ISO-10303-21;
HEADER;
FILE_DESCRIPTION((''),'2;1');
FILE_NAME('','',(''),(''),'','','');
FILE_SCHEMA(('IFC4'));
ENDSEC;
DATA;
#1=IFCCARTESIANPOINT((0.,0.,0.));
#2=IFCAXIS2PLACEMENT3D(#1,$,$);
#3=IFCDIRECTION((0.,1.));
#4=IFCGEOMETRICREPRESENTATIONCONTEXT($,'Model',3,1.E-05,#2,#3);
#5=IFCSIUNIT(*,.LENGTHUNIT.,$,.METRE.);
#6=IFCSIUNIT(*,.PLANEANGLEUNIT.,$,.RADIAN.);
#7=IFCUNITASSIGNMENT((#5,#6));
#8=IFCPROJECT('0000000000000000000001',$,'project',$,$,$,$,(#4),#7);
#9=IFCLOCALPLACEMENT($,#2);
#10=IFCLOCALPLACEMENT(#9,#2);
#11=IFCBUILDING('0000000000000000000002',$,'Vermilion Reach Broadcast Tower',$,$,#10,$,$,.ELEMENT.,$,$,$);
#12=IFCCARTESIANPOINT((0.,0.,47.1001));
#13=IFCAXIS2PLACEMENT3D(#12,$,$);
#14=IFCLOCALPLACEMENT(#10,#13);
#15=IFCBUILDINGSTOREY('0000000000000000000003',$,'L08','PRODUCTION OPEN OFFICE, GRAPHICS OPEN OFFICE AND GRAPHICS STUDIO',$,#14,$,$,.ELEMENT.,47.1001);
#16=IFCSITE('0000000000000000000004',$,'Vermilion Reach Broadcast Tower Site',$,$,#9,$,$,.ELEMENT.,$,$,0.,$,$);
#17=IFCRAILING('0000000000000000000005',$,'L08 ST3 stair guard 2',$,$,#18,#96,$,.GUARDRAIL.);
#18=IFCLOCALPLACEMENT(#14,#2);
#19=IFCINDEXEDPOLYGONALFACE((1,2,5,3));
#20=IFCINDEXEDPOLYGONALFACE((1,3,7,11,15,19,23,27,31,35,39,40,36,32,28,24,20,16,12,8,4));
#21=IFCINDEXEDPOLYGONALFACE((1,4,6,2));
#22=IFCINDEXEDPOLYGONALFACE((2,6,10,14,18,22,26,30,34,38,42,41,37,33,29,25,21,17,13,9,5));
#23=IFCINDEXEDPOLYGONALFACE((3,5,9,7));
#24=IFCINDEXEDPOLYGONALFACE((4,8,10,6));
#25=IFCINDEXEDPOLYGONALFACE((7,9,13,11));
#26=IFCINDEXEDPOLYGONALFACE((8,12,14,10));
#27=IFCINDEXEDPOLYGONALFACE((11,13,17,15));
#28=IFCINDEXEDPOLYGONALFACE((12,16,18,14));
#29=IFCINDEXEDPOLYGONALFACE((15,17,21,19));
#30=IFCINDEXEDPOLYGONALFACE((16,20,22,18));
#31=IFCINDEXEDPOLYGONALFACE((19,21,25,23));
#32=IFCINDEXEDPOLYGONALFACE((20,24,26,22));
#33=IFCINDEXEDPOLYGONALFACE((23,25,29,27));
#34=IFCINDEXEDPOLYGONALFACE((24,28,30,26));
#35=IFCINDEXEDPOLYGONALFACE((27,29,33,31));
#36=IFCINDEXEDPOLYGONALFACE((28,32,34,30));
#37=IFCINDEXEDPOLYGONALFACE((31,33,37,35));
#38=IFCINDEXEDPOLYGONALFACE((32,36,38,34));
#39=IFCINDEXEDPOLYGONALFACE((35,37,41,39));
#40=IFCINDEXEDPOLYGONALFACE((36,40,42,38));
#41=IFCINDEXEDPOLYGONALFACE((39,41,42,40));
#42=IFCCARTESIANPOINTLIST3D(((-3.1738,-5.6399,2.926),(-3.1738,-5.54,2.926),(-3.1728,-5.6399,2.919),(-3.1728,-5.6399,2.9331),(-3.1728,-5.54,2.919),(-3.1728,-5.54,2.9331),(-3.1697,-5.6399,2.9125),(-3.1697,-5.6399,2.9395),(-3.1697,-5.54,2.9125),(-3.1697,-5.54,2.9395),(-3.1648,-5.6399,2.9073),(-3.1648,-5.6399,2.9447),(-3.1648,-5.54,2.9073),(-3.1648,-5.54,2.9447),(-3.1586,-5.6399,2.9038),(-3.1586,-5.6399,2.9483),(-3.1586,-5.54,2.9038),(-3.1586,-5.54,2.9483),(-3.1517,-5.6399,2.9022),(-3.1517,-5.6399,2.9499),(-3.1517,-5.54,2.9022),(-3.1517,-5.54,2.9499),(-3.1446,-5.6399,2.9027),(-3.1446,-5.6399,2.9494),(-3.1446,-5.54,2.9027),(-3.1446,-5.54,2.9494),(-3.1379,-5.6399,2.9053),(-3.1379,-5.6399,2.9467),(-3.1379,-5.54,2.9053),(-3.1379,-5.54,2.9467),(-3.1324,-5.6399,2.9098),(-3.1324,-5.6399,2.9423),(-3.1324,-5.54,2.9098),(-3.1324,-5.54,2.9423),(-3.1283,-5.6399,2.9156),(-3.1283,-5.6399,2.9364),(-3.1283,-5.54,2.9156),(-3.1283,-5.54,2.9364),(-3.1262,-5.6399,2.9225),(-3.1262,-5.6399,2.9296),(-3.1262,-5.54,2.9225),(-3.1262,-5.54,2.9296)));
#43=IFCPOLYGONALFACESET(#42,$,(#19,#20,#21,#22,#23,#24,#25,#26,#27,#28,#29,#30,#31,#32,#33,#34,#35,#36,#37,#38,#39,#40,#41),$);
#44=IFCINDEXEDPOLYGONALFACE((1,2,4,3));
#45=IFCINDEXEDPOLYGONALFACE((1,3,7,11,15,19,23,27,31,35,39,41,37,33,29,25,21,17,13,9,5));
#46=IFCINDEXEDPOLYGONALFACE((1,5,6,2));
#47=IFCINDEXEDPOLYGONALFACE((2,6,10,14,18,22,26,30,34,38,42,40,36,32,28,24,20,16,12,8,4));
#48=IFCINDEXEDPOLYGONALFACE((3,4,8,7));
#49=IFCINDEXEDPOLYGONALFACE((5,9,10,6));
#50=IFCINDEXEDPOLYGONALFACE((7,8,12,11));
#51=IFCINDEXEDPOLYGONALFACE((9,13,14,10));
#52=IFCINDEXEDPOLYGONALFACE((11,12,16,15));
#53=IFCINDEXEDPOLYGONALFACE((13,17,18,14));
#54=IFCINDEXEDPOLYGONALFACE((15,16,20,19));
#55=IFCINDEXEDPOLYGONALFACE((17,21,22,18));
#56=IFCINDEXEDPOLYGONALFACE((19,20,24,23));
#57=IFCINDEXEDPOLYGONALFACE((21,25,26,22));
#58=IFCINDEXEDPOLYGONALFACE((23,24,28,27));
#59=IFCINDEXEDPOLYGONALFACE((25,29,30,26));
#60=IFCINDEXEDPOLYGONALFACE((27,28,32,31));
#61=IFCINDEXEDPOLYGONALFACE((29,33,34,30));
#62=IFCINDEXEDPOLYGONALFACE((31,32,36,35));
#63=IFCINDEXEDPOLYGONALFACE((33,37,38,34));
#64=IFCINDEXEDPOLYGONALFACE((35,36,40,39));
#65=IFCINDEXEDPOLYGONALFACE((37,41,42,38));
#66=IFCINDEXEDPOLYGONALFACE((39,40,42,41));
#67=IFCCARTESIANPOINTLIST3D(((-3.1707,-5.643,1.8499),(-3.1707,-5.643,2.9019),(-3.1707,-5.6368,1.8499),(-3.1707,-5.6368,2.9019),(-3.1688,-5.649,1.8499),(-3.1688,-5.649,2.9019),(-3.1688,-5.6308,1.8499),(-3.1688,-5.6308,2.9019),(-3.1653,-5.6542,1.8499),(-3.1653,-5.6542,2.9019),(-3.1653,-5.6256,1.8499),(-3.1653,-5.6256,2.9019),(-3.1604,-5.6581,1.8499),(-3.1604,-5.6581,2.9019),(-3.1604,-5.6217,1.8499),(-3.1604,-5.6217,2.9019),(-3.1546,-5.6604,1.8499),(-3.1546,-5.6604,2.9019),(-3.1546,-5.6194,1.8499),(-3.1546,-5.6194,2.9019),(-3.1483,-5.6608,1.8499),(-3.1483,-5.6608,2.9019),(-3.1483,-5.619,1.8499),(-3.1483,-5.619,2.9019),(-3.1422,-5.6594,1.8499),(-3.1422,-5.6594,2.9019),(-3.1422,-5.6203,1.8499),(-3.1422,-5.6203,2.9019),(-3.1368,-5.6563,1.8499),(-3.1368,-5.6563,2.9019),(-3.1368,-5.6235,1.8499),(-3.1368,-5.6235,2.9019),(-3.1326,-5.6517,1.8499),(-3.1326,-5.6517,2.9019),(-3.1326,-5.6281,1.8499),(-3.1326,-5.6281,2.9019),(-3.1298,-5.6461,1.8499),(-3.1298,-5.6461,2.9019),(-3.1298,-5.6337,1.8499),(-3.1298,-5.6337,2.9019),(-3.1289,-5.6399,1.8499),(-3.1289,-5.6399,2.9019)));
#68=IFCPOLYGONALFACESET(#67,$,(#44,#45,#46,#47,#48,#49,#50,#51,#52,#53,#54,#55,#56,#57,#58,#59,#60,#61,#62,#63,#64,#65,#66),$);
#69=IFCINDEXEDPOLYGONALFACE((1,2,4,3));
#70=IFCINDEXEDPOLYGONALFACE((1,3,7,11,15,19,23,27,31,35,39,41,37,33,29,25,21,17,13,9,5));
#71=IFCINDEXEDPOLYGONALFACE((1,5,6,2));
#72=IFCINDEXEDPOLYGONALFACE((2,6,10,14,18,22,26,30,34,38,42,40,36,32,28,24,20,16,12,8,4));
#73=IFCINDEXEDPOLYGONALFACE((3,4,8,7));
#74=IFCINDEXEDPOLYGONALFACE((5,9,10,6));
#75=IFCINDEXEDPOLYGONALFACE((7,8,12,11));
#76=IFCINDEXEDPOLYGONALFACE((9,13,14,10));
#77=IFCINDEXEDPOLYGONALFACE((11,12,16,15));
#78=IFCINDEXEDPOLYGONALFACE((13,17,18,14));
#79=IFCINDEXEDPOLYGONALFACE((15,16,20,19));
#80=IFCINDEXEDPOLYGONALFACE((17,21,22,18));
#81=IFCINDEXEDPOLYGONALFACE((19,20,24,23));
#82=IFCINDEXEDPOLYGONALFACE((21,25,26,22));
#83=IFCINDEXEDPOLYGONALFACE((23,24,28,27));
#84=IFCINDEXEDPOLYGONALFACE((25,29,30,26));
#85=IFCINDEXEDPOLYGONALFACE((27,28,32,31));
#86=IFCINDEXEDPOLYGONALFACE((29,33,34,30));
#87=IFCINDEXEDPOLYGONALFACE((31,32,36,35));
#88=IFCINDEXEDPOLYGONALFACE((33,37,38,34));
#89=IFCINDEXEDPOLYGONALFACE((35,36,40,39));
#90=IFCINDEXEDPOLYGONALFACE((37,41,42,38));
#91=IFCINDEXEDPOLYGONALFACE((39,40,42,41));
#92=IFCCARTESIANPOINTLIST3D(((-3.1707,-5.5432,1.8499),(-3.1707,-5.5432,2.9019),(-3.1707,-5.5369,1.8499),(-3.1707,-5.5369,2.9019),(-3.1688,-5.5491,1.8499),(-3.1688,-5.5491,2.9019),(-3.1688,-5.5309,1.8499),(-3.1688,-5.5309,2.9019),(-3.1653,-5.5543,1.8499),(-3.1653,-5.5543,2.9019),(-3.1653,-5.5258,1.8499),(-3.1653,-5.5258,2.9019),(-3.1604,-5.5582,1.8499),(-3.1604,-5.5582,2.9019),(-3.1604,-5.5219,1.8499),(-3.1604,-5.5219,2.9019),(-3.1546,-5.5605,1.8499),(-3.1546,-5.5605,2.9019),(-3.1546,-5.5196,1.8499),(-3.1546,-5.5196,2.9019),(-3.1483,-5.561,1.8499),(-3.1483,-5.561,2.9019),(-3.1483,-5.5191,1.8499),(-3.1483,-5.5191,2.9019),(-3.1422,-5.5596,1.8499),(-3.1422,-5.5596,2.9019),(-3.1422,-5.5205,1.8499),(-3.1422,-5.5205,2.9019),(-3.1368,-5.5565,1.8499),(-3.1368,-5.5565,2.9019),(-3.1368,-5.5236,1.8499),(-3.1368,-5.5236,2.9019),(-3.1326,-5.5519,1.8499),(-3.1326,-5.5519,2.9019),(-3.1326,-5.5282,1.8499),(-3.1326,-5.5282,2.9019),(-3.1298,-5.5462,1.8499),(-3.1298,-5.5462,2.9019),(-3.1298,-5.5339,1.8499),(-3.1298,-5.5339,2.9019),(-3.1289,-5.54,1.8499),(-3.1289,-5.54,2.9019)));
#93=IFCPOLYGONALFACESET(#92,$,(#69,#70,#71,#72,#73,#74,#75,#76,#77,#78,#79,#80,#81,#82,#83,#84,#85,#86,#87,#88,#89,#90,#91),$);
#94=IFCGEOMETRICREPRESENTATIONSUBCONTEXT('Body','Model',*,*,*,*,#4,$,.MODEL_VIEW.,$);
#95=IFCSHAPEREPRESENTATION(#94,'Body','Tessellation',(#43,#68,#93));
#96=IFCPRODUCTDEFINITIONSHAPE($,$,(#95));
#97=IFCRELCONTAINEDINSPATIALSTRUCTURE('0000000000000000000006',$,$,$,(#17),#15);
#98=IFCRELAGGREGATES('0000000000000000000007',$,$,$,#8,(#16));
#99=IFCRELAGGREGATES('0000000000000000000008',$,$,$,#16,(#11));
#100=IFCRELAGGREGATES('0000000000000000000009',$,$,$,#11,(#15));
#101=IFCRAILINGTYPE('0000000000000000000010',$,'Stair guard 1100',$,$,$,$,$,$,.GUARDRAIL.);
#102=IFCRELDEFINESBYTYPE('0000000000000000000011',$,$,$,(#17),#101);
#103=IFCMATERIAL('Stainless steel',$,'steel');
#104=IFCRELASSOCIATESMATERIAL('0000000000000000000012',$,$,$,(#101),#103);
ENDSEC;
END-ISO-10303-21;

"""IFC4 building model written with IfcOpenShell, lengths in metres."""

from ifc_helpers import new_model, si_unit, direction, frame, origin, origin_2d, place, context, subcontext, project, spatial, circle, extrude, material, type_object, element, save


model = new_model("IFC4")

# Units and contexts
model_context = context("Model", 3, precision=1e-05, world=origin(), true_north=direction((0.0, 1.0)))
body_context = subcontext(model_context, "Body", "Model", "MODEL_VIEW")
ifc_project = project(units=[si_unit("LENGTHUNIT", "METRE"), si_unit("PLANEANGLEUNIT", "RADIAN")], contexts=[model_context])

# Site, building, storey
site_placement = place(None, origin())
site = spatial("IfcSite", under=ifc_project, at=site_placement, Name="Vermilion Reach Broadcast Tower Site", CompositionType="ELEMENT", RefElevation=0.0)
building_placement = place(site_placement, origin())
building = spatial("IfcBuilding", under=site, at=building_placement, Name="Vermilion Reach Broadcast Tower", CompositionType="ELEMENT")
storey_placement = place(building_placement, frame((0.0, 0.0, 47.1001)))
storey = spatial("IfcBuildingStorey", under=building, at=storey_placement, Name="L08", Description="PRODUCTION OPEN OFFICE, GRAPHICS OPEN OFFICE AND GRAPHICS STUDIO", CompositionType="ELEMENT", Elevation=47.1001)

# Railing
ifc_material_1 = material(Name="Stainless steel", Category="steel")
railing_type_1 = type_object("IfcRailingType", Name="Stair guard 1100", PredefinedType="GUARDRAIL", material=ifc_material_1)
railing_1_placement = place(storey_placement, frame((-3.1499, -5.6399, 1.8499)))
element("IfcRailing", 1, at=railing_1_placement, inside=storey, type_object=railing_type_1, Name="L08 ST3 stair guard 2", PredefinedType="GUARDRAIL", context=body_context, shape_type="SweptSolid", body=[
    extrude(circle(Radius=0.0239, at=origin_2d()), frame((0.0, 0.0, 1.0762), z_axis=(0.0, 1.0, 0.0), x_axis=(-1.0, 0.0, 0.0)), (0.0, 0.0, 1.0), 0.0999),
    extrude(circle(Radius=0.021, at=origin_2d()), origin(), (0.0, 0.0, 1.0), 1.052),
    extrude(circle(Radius=0.021, at=origin_2d()), frame((0.0, 0.0999, 0.0)), (0.0, 0.0, 1.0), 1.052),
])

save(model, "model.ifc")
